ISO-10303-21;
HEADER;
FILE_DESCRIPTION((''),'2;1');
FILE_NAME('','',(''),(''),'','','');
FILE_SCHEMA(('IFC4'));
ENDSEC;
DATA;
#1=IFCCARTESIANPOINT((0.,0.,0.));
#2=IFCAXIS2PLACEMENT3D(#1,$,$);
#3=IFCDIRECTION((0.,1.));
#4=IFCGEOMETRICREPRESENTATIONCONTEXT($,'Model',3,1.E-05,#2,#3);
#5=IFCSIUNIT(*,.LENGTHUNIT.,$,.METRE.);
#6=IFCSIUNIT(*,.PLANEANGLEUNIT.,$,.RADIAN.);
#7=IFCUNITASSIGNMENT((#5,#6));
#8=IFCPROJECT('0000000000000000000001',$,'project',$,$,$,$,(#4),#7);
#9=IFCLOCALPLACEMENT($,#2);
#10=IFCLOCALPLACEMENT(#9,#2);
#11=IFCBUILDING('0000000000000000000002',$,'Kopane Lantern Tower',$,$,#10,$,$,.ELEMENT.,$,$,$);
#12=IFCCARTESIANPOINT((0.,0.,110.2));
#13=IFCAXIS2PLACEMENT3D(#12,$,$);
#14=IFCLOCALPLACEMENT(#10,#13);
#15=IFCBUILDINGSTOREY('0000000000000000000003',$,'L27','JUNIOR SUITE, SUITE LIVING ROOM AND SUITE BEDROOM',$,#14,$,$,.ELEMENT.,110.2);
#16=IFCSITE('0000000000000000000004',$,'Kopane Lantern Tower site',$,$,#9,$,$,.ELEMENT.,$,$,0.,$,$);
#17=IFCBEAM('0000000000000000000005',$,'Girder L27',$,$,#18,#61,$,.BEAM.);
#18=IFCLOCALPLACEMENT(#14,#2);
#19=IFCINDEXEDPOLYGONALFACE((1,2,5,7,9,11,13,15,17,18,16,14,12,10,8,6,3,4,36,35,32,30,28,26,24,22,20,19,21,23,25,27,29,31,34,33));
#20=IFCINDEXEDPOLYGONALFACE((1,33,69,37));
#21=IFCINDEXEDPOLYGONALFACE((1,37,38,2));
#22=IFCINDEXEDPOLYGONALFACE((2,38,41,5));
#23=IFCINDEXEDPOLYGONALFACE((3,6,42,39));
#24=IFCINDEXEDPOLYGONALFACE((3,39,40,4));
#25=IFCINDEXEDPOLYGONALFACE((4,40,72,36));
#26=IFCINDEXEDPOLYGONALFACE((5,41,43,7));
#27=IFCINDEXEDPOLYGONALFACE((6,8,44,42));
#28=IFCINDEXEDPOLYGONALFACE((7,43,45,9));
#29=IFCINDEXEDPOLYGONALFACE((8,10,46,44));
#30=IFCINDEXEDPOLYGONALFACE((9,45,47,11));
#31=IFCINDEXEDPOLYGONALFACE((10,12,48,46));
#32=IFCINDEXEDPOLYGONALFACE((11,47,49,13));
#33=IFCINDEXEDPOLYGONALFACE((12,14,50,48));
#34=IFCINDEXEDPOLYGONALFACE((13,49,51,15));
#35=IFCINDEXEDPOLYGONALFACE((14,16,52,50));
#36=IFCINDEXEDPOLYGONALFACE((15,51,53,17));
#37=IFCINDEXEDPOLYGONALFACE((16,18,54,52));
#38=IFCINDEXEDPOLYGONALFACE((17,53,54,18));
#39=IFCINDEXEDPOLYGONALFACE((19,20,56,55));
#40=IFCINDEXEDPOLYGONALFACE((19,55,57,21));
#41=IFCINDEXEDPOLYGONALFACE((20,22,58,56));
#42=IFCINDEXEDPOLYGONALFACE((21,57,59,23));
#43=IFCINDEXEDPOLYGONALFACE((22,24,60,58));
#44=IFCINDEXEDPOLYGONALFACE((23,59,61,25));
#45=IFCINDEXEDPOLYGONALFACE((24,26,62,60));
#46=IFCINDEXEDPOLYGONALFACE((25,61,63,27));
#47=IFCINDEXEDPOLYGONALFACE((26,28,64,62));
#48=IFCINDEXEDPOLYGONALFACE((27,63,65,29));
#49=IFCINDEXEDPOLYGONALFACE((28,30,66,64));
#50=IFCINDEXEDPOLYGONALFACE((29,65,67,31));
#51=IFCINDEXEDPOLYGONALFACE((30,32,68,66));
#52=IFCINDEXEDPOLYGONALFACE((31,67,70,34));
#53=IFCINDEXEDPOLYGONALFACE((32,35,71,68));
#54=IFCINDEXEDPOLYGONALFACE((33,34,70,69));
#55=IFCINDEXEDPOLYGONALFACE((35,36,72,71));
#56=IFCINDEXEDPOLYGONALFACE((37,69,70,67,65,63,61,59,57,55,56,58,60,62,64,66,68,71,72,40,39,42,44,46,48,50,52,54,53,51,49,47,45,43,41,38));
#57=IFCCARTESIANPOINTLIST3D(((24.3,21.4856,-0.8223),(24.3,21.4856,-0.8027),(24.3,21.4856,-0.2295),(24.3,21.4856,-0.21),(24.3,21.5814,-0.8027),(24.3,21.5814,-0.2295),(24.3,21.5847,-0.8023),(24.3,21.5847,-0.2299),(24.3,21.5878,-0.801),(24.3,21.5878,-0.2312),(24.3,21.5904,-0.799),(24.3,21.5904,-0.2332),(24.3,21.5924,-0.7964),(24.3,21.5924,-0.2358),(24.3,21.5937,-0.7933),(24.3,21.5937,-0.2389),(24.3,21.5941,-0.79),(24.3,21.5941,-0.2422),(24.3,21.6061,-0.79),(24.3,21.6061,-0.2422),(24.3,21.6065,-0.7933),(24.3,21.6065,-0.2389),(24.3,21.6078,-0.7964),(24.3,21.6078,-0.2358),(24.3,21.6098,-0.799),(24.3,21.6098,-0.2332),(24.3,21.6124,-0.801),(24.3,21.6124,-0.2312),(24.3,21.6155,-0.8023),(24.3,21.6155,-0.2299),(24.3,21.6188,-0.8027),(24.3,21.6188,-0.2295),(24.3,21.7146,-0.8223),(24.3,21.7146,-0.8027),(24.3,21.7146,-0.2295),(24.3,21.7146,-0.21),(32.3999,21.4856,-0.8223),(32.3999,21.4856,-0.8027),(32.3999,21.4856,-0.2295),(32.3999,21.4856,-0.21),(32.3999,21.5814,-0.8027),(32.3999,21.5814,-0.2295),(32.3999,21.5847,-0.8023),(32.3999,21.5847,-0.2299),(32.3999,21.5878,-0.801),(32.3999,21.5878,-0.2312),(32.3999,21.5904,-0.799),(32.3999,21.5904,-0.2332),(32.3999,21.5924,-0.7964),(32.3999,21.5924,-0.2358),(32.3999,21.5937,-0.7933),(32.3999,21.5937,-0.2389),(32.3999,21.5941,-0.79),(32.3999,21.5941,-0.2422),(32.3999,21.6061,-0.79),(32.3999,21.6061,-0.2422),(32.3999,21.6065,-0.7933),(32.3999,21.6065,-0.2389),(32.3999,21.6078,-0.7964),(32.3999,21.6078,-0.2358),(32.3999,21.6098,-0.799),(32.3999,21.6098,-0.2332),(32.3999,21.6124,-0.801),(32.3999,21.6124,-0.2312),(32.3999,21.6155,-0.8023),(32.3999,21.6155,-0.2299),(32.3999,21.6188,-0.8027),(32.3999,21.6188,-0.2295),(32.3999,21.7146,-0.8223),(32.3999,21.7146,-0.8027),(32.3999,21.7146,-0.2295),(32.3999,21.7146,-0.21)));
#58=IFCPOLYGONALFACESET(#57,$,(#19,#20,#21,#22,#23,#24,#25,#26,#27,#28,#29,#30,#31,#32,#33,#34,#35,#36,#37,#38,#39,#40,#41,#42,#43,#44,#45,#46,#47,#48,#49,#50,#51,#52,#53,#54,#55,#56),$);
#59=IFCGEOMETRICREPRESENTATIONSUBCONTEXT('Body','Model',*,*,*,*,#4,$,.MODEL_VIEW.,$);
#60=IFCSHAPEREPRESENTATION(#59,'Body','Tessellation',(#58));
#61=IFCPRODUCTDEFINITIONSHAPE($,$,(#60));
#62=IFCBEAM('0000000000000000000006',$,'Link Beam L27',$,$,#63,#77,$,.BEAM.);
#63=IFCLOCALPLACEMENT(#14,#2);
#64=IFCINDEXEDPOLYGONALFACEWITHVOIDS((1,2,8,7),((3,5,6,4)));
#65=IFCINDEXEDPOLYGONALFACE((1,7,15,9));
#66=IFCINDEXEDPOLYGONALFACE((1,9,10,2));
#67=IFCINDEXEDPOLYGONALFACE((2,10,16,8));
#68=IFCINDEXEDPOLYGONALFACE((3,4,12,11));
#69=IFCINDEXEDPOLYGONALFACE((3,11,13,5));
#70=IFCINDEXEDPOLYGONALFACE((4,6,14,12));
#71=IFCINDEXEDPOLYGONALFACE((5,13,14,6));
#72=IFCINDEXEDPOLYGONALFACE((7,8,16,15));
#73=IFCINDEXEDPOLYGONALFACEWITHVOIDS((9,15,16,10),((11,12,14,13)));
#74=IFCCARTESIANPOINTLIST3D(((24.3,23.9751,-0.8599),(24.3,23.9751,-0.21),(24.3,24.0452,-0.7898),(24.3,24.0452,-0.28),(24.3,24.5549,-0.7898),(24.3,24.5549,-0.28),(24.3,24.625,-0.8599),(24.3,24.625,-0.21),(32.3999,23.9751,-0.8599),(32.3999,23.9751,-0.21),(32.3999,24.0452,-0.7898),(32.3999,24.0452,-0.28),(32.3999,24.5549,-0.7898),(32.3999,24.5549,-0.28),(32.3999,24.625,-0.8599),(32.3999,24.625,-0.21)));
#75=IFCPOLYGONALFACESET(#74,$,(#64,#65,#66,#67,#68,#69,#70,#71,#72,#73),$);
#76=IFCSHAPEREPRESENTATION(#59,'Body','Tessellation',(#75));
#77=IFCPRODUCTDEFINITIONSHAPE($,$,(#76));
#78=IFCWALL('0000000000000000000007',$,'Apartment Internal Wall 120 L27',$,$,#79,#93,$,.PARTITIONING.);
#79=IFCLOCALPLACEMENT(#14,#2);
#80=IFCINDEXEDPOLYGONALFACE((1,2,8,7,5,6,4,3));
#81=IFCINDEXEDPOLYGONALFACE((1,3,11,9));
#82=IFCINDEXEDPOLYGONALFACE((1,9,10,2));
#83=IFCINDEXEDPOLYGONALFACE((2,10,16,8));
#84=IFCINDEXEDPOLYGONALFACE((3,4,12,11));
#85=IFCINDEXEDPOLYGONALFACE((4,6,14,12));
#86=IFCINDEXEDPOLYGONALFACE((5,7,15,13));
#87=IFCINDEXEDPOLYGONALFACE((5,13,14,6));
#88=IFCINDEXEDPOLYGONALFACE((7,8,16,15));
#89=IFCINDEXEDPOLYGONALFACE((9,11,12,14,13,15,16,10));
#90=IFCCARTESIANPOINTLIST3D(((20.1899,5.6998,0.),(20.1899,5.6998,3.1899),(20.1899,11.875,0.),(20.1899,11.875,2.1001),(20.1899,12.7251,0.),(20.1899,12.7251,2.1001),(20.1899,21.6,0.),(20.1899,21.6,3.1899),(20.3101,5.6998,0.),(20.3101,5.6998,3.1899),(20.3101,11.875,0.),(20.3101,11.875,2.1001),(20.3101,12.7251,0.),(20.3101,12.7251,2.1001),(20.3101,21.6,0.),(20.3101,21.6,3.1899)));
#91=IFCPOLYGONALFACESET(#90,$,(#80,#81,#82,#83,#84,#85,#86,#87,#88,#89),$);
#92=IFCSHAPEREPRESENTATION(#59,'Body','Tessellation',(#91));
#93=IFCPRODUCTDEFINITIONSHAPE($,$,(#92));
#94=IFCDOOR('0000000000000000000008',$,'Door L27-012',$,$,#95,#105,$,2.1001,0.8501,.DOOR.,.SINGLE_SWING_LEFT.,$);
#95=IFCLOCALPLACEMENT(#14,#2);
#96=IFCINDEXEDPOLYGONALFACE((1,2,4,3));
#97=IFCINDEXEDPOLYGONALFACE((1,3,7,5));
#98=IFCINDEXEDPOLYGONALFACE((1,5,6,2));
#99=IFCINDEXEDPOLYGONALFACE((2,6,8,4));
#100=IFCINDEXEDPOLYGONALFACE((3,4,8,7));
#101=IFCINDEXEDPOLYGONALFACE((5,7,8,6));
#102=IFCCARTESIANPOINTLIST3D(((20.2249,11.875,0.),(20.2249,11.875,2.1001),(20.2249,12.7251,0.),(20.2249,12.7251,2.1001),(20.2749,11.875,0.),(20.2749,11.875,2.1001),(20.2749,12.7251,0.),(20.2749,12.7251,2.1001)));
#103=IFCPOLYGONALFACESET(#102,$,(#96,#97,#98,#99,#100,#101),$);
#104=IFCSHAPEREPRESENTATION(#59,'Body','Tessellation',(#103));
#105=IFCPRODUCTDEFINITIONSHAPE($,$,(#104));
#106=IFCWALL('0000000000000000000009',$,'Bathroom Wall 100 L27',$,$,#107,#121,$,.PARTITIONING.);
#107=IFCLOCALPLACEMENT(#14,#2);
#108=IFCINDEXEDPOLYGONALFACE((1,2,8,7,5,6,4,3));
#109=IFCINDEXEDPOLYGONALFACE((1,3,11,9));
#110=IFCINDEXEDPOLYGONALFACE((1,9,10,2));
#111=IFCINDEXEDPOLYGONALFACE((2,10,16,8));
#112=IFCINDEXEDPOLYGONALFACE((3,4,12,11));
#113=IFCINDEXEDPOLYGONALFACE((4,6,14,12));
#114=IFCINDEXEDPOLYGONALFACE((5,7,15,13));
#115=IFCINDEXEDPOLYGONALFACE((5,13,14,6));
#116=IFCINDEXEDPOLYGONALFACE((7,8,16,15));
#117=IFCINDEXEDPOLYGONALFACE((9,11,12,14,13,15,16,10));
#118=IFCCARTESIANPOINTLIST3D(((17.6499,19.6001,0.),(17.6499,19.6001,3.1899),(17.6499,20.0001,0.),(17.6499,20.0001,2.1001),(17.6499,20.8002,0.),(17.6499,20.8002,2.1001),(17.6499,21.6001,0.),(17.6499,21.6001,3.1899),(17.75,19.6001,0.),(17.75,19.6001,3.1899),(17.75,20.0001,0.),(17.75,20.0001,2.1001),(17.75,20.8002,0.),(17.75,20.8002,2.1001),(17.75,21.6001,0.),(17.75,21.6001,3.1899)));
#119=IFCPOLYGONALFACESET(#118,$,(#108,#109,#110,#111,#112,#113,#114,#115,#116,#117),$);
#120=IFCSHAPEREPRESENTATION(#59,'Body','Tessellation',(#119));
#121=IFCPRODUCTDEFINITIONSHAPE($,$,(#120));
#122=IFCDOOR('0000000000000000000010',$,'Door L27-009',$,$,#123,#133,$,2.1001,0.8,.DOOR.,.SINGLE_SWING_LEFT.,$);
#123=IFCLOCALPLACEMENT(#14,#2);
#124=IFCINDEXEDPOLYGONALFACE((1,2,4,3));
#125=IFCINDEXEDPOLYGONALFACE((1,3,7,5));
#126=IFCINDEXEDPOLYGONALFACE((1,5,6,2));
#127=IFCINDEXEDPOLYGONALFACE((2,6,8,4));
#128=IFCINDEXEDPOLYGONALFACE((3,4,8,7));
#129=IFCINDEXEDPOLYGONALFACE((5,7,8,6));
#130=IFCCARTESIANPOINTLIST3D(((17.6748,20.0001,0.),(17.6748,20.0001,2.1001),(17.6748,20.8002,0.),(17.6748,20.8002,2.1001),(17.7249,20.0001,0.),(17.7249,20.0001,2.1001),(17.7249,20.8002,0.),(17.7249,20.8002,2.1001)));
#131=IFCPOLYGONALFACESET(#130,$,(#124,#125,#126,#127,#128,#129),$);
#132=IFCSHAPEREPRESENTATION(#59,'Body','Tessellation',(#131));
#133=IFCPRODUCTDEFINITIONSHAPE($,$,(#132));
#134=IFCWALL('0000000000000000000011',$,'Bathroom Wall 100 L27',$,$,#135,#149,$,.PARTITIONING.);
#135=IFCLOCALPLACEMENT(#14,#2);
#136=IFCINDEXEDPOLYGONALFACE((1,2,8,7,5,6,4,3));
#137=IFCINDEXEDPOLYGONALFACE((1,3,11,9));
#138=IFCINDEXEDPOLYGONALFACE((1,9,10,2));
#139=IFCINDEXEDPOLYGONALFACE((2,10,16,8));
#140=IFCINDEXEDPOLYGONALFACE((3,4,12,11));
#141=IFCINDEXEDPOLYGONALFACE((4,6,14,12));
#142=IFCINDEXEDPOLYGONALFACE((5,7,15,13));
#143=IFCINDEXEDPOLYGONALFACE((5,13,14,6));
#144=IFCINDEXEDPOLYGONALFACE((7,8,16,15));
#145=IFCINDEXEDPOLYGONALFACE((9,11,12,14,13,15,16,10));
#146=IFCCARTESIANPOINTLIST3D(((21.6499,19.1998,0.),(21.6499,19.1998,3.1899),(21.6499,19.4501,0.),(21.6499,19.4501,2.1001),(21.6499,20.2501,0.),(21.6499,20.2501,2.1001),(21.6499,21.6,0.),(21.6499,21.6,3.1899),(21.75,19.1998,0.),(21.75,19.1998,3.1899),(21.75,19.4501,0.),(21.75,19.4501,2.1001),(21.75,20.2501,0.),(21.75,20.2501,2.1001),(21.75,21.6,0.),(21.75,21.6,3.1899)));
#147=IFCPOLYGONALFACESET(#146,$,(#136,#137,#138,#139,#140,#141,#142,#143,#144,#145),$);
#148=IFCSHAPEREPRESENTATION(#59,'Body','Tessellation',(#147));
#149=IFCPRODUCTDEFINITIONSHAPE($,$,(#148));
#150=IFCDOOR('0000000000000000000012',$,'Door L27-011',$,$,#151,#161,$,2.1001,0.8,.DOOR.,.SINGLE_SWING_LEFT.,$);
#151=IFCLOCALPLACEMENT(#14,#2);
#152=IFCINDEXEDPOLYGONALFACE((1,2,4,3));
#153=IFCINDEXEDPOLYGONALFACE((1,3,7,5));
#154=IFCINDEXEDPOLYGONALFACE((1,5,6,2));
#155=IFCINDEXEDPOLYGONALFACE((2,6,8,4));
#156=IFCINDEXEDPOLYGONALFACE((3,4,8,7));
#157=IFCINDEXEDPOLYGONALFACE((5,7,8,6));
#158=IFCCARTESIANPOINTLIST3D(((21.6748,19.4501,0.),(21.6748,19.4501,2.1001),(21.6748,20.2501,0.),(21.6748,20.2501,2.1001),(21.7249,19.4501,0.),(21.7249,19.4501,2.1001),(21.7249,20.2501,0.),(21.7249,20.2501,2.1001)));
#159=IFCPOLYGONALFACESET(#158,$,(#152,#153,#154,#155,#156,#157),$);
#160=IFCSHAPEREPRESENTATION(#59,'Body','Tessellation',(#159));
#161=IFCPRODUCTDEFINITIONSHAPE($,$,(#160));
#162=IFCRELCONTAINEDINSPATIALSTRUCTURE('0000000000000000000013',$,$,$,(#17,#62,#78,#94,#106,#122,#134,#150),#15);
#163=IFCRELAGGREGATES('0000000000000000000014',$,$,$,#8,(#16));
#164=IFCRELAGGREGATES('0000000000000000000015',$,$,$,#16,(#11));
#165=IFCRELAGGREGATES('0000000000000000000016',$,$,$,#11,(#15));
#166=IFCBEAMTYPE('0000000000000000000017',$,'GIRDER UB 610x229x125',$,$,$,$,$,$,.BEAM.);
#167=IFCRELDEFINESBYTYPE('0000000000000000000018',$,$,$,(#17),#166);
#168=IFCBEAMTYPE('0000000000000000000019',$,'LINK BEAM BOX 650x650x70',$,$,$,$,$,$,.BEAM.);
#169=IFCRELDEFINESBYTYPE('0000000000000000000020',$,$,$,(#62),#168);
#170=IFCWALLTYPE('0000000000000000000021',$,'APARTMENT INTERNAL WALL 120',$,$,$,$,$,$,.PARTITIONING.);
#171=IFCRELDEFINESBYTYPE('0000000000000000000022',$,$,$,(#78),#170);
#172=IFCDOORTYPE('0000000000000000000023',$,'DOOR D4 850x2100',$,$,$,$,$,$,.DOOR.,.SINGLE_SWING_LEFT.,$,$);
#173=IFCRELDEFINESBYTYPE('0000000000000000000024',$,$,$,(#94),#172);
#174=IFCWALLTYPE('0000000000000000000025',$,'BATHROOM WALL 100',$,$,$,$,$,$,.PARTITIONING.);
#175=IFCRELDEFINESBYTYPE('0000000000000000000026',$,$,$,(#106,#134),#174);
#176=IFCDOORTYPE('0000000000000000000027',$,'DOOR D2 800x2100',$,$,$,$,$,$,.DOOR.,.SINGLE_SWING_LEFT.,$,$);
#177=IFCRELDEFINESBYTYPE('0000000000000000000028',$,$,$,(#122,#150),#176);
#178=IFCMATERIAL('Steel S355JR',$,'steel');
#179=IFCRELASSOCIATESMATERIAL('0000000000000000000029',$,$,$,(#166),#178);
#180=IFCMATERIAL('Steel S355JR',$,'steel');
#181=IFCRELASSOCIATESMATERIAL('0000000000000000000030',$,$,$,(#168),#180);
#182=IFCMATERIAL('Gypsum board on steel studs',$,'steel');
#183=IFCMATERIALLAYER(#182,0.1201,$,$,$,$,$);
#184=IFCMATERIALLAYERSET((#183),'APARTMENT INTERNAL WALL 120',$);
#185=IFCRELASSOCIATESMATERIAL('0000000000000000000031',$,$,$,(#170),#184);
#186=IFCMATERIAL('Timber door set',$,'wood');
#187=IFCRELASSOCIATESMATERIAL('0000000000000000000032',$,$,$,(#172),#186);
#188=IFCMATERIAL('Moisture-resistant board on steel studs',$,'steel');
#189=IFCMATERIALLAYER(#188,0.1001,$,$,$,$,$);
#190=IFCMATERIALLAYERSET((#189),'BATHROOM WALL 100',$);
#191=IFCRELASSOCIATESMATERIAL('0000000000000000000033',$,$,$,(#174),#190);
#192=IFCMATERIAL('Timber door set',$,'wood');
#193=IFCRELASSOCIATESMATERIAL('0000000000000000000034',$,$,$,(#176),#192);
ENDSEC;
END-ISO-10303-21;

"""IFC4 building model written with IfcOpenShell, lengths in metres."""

from ifc_helpers import new_model, si_unit, direction, frame, frame_2d, origin, origin_2d, place, context, subcontext, project, spatial, rectangle, hollow_rectangle, i_section, extrude, material, layer, layer_set, material_profile, profile_set, type_object, element, fill, save


model = new_model("IFC4")

# Units and contexts
model_context = context("Model", 3, precision=1e-05, world=origin(), true_north=direction((0.0, 1.0)))
body_context = subcontext(model_context, "Body", "Model", "MODEL_VIEW")
ifc_project = project(units=[si_unit("LENGTHUNIT", "METRE"), si_unit("PLANEANGLEUNIT", "RADIAN")], contexts=[model_context])

# Site, building, storey
site_placement = place(None, origin())
site = spatial("IfcSite", under=ifc_project, at=site_placement, Name="Kopane Lantern Tower site", CompositionType="ELEMENT", RefElevation=0.0)
building_placement = place(site_placement, origin())
building = spatial("IfcBuilding", under=site, at=building_placement, Name="Kopane Lantern Tower", CompositionType="ELEMENT")
storey_placement = place(building_placement, frame((0.0, 0.0, 110.2)))
storey = spatial("IfcBuildingStorey", under=building, at=storey_placement, Name="L27", Description="JUNIOR SUITE, SUITE LIVING ROOM AND SUITE BEDROOM", CompositionType="ELEMENT", Elevation=110.2)

# Beams
ifc_material_1 = material(Name="Steel S355JR", Category="steel")
ifc_material_profile_1 = material_profile(ifc_material_1, i_section(OverallWidth=0.229, OverallDepth=0.6123, WebThickness=0.012, FlangeThickness=0.0195, FilletRadius=0.0127, at=origin_2d()), Name="UB 610x229x125")
ifc_profile_set_1 = profile_set([ifc_material_profile_1], Name="Steel S355JR")
beam_type_1 = type_object("IfcBeamType", Name="GIRDER UB 610x229x125", PredefinedType="BEAM", material=ifc_profile_set_1)
beam_1_placement = place(storey_placement, frame((24.3, 21.6001, -0.5161), z_axis=(1.0, 0.0, 0.0), x_axis=(0.0, 1.0, 0.0)))
element("IfcBeam", 1, at=beam_1_placement, inside=storey, type_object=beam_type_1, Name="Girder L27", PredefinedType="BEAM", context=body_context, shape_type="SweptSolid", body=[
    extrude(i_section(OverallWidth=0.229, OverallDepth=0.6123, WebThickness=0.012, FlangeThickness=0.0195, FilletRadius=0.0127, at=origin_2d()), origin(), (0.0, 0.0, 1.0), 8.0999),
])
ifc_material_2 = material(Name="Steel S355JR", Category="steel")
ifc_material_profile_2 = material_profile(ifc_material_2, hollow_rectangle(XDim=0.6499, YDim=0.6499, WallThickness=0.0701, at=origin_2d()), Name="BOX 650x650x70")
ifc_profile_set_2 = profile_set([ifc_material_profile_2], Name="Steel S355JR")
beam_type_2 = type_object("IfcBeamType", Name="LINK BEAM BOX 650x650x70", PredefinedType="BEAM", material=ifc_profile_set_2)
beam_2_placement = place(storey_placement, frame((24.3, 24.3, -0.5349), z_axis=(1.0, 0.0, 0.0), x_axis=(0.0, 1.0, 0.0)))
element("IfcBeam", 2, at=beam_2_placement, inside=storey, type_object=beam_type_2, Name="Link Beam L27", PredefinedType="BEAM", context=body_context, shape_type="SweptSolid", body=[
    extrude(hollow_rectangle(XDim=0.6499, YDim=0.6499, WallThickness=0.0701, at=origin_2d()), origin(), (0.0, 0.0, 1.0), 8.0999),
])

# Walls, openings, doors
ifc_material_3 = material(Name="Gypsum board on steel studs", Category="steel")
ifc_layer_1 = layer(ifc_material_3, 0.1201)
ifc_layer_set_1 = layer_set([ifc_layer_1], Name="APARTMENT INTERNAL WALL 120")
wall_type_1 = type_object("IfcWallType", Name="APARTMENT INTERNAL WALL 120", PredefinedType="PARTITIONING", material=ifc_layer_set_1)
wall_1_placement = place(storey_placement, frame((20.25, 21.6001, 0.0), z_axis=(0.0, 0.0, 1.0), x_axis=(0.0, -1.0, 0.0)))
wall_1 = element("IfcWall", 3, at=wall_1_placement, inside=storey, type_object=wall_type_1, Name="Apartment Internal Wall 120 L27", PredefinedType="PARTITIONING", context=body_context, shape_type="SweptSolid", body=[
    extrude(rectangle(XDim=15.9001, YDim=0.1201, at=frame_2d((7.9502, 0.0))), origin(), (0.0, 0.0, 1.0), 3.1899),
])
opening_1_placement = place(wall_1_placement, frame((8.875, 0.0, 0.0)))
opening_1 = element("IfcOpeningElement", 4, at=opening_1_placement, cuts=wall_1, PredefinedType="OPENING", context=body_context, shape_type="SweptSolid", body=[
    extrude(rectangle(XDim=0.8501, YDim=2.1001, at=frame_2d((0.425, 1.05))), frame((0.0, 0.0701, 0.0), z_axis=(0.0, -1.0, 0.0), x_axis=(1.0, 0.0, 0.0)), (0.0, 0.0, 1.0), 0.1401),
])
ifc_material_4 = material(Name="Timber door set", Category="wood")
door_type_1 = type_object("IfcDoorType", Name="DOOR D4 850x2100", OperationType="SINGLE_SWING_LEFT", PredefinedType="DOOR", material=ifc_material_4)
door_1_placement = place(opening_1_placement, origin())
door_1 = element("IfcDoor", 5, at=door_1_placement, inside=storey, type_object=door_type_1, Name="Door L27-012", OperationType="SINGLE_SWING_LEFT", OverallHeight=2.1001, OverallWidth=0.8501, PredefinedType="DOOR", context=body_context, shape_type="SweptSolid", body=[
    extrude(rectangle(XDim=0.8501, YDim=2.1001, at=frame_2d((0.425, 1.05))), frame((0.0, 0.0249, 0.0), z_axis=(0.0, -1.0, 0.0), x_axis=(1.0, 0.0, 0.0)), (0.0, 0.0, 1.0), 0.05),
])
fill(opening_1, door_1)
ifc_material_5 = material(Name="Moisture-resistant board on steel studs", Category="steel")
ifc_layer_2 = layer(ifc_material_5, 0.1001)
ifc_layer_set_2 = layer_set([ifc_layer_2], Name="BATHROOM WALL 100")
wall_type_2 = type_object("IfcWallType", Name="BATHROOM WALL 100", PredefinedType="PARTITIONING", material=ifc_layer_set_2)
wall_2_placement = place(storey_placement, frame((17.7, 21.6001, 0.0), z_axis=(0.0, 0.0, 1.0), x_axis=(0.0, -1.0, 0.0)))
wall_2 = element("IfcWall", 6, at=wall_2_placement, inside=storey, type_object=wall_type_2, Name="Bathroom Wall 100 L27", PredefinedType="PARTITIONING", context=body_context, shape_type="SweptSolid", body=[
    extrude(rectangle(XDim=2.0, YDim=0.1001, at=frame_2d((1.0, 0.0))), origin(), (0.0, 0.0, 1.0), 3.1899),
])
opening_2_placement = place(wall_2_placement, frame((0.8, 0.0, 0.0)))
opening_2 = element("IfcOpeningElement", 7, at=opening_2_placement, cuts=wall_2, PredefinedType="OPENING", context=body_context, shape_type="SweptSolid", body=[
    extrude(rectangle(XDim=0.8, YDim=2.1001, at=frame_2d((0.3999, 1.05))), frame((0.0, 0.0601, 0.0), z_axis=(0.0, -1.0, 0.0), x_axis=(1.0, 0.0, 0.0)), (0.0, 0.0, 1.0), 0.1201),
])
ifc_material_6 = material(Name="Timber door set", Category="wood")
door_type_2 = type_object("IfcDoorType", Name="DOOR D2 800x2100", OperationType="SINGLE_SWING_LEFT", PredefinedType="DOOR", material=ifc_material_6)
door_2_placement = place(opening_2_placement, origin())
door_2 = element("IfcDoor", 8, at=door_2_placement, inside=storey, type_object=door_type_2, Name="Door L27-009", OperationType="SINGLE_SWING_LEFT", OverallHeight=2.1001, OverallWidth=0.8, PredefinedType="DOOR", context=body_context, shape_type="SweptSolid", body=[
    extrude(rectangle(XDim=0.8, YDim=2.1001, at=frame_2d((0.3999, 1.05))), frame((0.0, 0.0249, 0.0), z_axis=(0.0, -1.0, 0.0), x_axis=(1.0, 0.0, 0.0)), (0.0, 0.0, 1.0), 0.05),
])
fill(opening_2, door_2)
wall_3_placement = place(storey_placement, frame((21.7, 21.6001, 0.0), z_axis=(0.0, 0.0, 1.0), x_axis=(0.0, -1.0, 0.0)))
wall_3 = element("IfcWall", 9, at=wall_3_placement, inside=storey, type_object=wall_type_2, Name="Bathroom Wall 100 L27", PredefinedType="PARTITIONING", context=body_context, shape_type="SweptSolid", body=[
    extrude(rectangle(XDim=2.4001, YDim=0.1001, at=frame_2d((1.2002, 0.0))), origin(), (0.0, 0.0, 1.0), 3.1899),
])
opening_3_placement = place(wall_3_placement, frame((1.3501, 0.0, 0.0)))
opening_3 = element("IfcOpeningElement", 10, at=opening_3_placement, cuts=wall_3, PredefinedType="OPENING", context=body_context, shape_type="SweptSolid", body=[
    extrude(rectangle(XDim=0.8, YDim=2.1001, at=frame_2d((0.3999, 1.05))), frame((0.0, 0.0601, 0.0), z_axis=(0.0, -1.0, 0.0), x_axis=(1.0, 0.0, 0.0)), (0.0, 0.0, 1.0), 0.1201),
])
door_3_placement = place(opening_3_placement, origin())
door_3 = element("IfcDoor", 11, at=door_3_placement, inside=storey, type_object=door_type_2, Name="Door L27-011", OperationType="SINGLE_SWING_LEFT", OverallHeight=2.1001, OverallWidth=0.8, PredefinedType="DOOR", context=body_context, shape_type="SweptSolid", body=[
    extrude(rectangle(XDim=0.8, YDim=2.1001, at=frame_2d((0.3999, 1.05))), frame((0.0, 0.0249, 0.0), z_axis=(0.0, -1.0, 0.0), x_axis=(1.0, 0.0, 0.0)), (0.0, 0.0, 1.0), 0.05),
])
fill(opening_3, door_3)

save(model, "model.ifc")
